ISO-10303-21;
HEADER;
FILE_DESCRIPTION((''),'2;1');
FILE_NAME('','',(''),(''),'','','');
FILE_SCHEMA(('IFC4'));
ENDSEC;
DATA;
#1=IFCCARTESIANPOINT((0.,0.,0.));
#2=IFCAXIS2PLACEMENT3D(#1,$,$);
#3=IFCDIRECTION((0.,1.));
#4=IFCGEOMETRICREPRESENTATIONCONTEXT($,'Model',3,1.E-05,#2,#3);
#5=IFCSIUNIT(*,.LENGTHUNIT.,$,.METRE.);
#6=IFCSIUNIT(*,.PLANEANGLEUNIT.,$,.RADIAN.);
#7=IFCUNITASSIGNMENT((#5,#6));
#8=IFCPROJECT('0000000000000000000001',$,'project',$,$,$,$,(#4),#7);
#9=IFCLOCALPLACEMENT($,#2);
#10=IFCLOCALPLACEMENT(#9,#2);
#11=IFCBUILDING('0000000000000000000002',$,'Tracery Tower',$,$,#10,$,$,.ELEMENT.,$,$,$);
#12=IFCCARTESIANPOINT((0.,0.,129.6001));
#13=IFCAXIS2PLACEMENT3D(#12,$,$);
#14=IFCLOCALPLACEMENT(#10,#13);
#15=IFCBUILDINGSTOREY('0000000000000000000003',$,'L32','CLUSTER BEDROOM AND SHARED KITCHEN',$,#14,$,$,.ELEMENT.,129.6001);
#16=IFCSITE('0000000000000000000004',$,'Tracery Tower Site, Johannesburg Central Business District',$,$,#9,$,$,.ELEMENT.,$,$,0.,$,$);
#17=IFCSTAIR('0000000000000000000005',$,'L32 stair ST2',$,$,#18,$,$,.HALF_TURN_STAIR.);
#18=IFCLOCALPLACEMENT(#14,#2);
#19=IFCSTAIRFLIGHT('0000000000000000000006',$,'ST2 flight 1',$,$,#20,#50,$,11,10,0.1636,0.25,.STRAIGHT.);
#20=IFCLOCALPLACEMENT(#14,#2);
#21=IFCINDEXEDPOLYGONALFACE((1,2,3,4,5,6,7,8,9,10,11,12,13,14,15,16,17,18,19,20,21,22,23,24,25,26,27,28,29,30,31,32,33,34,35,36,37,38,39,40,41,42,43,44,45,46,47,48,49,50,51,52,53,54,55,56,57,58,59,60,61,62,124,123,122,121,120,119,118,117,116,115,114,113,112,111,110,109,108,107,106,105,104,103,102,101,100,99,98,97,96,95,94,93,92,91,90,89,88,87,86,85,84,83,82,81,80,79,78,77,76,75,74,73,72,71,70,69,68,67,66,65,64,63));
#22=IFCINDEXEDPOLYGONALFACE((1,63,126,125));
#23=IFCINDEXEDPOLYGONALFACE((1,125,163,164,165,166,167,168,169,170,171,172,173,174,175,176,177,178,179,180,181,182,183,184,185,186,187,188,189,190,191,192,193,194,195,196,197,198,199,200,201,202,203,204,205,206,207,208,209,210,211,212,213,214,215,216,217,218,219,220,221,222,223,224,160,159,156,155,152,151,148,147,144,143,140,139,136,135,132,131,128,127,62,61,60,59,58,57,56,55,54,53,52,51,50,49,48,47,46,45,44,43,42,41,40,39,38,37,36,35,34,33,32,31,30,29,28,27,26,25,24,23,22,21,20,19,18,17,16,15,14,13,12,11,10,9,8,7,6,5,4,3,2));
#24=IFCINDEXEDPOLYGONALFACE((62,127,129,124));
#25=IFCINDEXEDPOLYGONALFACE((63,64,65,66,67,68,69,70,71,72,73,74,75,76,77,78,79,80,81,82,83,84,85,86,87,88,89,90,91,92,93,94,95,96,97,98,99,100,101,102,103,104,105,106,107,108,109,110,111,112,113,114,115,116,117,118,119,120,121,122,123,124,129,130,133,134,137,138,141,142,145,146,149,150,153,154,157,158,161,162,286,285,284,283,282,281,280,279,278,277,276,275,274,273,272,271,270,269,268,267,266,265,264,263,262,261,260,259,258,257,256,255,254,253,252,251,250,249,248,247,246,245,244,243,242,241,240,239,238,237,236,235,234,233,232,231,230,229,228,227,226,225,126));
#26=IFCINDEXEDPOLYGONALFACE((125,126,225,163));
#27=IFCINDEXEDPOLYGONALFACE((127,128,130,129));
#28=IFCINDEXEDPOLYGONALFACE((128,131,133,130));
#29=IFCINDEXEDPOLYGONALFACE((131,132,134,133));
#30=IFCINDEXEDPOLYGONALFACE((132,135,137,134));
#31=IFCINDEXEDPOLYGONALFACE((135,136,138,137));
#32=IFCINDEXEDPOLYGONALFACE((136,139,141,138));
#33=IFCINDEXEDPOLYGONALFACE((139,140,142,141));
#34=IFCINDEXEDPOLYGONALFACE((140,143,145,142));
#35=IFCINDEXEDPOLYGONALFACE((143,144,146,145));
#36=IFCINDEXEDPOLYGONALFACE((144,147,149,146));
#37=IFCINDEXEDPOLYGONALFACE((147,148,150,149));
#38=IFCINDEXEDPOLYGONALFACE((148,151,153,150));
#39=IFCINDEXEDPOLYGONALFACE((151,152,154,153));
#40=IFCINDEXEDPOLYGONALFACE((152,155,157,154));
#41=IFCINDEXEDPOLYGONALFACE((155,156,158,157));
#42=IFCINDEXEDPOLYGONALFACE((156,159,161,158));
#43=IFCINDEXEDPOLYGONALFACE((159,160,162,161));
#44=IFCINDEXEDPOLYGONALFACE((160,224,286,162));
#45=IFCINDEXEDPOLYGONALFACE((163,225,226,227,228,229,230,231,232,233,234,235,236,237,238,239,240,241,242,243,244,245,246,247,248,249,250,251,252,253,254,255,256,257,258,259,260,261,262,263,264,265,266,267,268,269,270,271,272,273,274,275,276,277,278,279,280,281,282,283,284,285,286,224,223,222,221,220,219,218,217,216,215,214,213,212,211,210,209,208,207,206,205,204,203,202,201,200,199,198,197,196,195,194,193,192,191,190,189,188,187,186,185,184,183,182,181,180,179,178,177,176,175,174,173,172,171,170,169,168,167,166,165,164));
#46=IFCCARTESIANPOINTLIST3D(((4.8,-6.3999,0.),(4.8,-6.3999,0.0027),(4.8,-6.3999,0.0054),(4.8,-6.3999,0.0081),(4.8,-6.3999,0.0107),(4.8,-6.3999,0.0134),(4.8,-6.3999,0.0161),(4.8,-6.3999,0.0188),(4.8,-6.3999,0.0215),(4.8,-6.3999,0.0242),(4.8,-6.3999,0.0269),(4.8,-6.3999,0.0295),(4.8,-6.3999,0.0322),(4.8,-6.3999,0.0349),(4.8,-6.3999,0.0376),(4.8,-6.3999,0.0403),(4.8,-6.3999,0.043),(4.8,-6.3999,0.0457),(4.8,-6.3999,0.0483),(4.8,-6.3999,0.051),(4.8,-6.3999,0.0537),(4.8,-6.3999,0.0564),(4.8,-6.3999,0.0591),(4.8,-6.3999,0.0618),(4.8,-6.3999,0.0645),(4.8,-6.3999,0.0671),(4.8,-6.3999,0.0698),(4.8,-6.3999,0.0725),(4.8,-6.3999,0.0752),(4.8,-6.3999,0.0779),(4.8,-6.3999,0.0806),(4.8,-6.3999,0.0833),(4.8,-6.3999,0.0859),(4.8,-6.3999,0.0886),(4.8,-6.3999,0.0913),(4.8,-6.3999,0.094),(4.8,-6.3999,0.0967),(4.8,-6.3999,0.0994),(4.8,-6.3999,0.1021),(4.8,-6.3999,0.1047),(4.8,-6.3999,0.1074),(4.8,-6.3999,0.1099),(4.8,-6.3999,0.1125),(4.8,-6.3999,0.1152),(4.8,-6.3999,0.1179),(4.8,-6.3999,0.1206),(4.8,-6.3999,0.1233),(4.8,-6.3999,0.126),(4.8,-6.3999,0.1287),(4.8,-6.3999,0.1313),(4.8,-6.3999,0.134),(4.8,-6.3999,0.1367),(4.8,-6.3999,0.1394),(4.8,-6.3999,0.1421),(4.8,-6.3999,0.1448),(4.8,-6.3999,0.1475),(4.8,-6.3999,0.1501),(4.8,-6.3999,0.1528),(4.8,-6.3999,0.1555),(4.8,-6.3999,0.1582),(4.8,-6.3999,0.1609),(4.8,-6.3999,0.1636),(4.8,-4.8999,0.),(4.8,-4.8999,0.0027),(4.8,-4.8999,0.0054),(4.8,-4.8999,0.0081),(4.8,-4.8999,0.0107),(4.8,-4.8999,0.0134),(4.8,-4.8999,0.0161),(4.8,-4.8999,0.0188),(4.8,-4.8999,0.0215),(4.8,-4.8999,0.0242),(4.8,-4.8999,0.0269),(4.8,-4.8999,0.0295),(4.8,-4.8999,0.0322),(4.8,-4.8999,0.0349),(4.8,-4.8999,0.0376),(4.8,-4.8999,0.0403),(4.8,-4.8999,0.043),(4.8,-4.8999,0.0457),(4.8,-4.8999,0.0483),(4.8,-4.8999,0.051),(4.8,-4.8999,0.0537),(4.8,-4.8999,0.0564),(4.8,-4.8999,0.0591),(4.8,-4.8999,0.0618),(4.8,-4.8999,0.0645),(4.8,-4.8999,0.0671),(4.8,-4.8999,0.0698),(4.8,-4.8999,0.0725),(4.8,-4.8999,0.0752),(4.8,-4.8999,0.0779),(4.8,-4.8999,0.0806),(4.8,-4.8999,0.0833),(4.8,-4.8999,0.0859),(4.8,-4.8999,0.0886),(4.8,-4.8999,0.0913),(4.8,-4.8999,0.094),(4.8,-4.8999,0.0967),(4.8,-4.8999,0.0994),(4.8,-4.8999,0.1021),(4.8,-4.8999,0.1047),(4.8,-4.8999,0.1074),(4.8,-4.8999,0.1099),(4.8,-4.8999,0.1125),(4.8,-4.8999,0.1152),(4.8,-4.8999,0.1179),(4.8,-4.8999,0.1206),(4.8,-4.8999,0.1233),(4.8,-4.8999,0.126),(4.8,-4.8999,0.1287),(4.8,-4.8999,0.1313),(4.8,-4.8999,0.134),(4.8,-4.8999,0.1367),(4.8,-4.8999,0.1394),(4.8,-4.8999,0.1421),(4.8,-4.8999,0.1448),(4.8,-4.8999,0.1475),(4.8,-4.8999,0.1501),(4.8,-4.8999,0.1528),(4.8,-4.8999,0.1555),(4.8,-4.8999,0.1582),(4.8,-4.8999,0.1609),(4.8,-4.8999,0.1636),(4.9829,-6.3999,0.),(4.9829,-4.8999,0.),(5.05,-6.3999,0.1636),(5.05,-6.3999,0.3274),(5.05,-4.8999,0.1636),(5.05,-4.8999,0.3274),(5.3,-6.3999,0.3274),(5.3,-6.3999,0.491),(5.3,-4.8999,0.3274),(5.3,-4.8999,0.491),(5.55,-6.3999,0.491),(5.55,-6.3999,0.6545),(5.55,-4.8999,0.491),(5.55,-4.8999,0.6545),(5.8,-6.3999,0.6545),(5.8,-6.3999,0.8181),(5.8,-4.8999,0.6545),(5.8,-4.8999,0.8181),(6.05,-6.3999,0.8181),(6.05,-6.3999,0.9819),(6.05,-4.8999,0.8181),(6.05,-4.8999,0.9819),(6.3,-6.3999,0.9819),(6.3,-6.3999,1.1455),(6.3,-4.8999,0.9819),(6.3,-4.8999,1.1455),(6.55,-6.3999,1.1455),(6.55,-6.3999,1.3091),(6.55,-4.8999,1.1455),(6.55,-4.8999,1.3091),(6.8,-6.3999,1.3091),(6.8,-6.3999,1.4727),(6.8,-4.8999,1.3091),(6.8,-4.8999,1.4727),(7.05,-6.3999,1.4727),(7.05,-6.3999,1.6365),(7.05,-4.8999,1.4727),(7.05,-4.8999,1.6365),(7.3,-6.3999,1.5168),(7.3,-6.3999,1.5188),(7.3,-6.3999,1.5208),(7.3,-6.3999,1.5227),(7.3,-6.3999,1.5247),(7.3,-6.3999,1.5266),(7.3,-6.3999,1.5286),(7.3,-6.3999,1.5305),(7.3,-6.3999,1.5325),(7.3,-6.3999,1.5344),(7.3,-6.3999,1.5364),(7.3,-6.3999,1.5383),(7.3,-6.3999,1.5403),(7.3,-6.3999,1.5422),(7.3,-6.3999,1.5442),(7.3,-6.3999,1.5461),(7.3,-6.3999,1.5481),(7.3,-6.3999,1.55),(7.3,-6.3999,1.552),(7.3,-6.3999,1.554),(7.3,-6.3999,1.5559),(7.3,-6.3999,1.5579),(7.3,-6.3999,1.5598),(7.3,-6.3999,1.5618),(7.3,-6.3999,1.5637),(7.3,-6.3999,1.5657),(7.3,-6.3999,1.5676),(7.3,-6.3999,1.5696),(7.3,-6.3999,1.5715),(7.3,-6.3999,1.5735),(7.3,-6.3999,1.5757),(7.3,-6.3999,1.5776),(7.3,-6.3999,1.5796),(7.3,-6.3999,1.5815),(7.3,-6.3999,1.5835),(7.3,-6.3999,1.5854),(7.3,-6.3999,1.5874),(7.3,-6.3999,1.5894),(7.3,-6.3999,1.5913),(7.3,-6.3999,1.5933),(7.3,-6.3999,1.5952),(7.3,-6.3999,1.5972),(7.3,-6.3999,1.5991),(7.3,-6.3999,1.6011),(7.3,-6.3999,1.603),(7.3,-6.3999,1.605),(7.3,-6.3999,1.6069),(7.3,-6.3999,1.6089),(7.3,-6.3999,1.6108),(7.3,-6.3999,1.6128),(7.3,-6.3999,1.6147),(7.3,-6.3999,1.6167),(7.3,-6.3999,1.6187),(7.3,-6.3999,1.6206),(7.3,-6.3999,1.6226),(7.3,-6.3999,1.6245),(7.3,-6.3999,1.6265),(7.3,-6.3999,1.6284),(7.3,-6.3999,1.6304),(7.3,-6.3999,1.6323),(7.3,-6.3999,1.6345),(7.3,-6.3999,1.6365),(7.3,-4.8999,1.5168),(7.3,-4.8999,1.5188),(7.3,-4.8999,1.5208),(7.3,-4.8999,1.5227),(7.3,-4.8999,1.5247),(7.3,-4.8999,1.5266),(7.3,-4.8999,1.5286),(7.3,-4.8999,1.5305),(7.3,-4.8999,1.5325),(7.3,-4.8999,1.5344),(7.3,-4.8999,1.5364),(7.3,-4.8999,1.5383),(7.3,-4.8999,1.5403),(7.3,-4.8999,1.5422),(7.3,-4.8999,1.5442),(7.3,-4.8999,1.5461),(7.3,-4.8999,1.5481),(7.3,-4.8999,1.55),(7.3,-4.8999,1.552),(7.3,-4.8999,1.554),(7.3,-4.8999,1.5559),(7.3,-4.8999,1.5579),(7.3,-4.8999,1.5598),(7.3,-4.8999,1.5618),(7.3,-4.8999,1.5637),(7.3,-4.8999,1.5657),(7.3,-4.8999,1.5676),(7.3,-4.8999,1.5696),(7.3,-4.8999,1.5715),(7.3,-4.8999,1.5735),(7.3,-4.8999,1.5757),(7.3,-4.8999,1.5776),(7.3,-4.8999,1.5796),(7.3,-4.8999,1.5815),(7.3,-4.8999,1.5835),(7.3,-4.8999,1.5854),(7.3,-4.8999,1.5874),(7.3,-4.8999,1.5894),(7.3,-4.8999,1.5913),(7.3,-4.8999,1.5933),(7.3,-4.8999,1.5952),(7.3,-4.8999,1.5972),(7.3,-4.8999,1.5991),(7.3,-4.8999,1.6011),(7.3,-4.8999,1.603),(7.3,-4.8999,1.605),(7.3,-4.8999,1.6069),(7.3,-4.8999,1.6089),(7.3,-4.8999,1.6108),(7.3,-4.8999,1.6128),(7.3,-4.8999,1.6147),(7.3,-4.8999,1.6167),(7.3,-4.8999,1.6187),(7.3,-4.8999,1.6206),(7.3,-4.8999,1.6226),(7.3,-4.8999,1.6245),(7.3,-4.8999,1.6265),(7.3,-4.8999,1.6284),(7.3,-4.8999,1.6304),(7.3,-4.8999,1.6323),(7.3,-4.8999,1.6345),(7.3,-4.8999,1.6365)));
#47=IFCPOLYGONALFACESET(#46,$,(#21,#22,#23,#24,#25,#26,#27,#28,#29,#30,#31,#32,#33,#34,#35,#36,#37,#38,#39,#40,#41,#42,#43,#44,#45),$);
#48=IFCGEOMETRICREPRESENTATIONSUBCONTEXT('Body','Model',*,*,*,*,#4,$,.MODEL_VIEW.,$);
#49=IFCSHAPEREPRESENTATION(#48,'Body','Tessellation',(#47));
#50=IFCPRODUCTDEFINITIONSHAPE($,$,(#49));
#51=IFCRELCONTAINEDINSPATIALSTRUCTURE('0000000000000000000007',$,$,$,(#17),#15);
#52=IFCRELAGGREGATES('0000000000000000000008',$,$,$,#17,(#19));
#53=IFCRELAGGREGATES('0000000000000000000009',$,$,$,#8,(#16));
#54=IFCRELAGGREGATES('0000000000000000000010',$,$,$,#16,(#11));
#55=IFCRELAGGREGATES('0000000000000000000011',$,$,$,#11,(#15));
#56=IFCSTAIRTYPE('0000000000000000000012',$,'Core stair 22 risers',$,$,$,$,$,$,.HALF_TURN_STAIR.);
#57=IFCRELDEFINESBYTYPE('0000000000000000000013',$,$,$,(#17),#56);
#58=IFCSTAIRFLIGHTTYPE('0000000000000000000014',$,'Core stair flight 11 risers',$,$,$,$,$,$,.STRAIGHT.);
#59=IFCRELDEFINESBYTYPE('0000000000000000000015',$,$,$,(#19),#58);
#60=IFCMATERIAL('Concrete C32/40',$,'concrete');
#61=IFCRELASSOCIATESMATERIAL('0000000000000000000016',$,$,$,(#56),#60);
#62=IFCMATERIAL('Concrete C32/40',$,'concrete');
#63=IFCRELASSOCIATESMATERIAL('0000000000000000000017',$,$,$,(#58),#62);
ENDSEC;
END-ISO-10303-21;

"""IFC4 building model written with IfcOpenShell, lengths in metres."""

from ifc_helpers import new_model, si_unit, direction, frame, origin, place, context, subcontext, project, spatial, polyline, outline, extrude, material, type_object, element, aggregate, save


model = new_model("IFC4")

# Units and contexts
model_context = context("Model", 3, precision=1e-05, world=origin(), true_north=direction((0.0, 1.0)))
body_context = subcontext(model_context, "Body", "Model", "MODEL_VIEW")
ifc_project = project(units=[si_unit("LENGTHUNIT", "METRE"), si_unit("PLANEANGLEUNIT", "RADIAN")], contexts=[model_context])

# Site, building, storey
site_placement = place(None, origin())
site = spatial("IfcSite", under=ifc_project, at=site_placement, Name="Tracery Tower Site, Johannesburg Central Business District", CompositionType="ELEMENT", RefElevation=0.0)
building_placement = place(site_placement, origin())
building = spatial("IfcBuilding", under=site, at=building_placement, Name="Tracery Tower", CompositionType="ELEMENT")
storey_placement = place(building_placement, frame((0.0, 0.0, 129.6001)))
storey = spatial("IfcBuildingStorey", under=building, at=storey_placement, Name="L32", Description="CLUSTER BEDROOM AND SHARED KITCHEN", CompositionType="ELEMENT", Elevation=129.6001)

# Stair
ifc_material_1 = material(Name="Concrete C32/40", Category="concrete")
stair_type = type_object("IfcStairType", Name="Core stair 22 risers", PredefinedType="HALF_TURN_STAIR", material=ifc_material_1)
stair_1_placement = place(storey_placement, origin())
stair_1 = element("IfcStair", 1, at=stair_1_placement, inside=storey, type_object=stair_type, Name="L32 stair ST2", PredefinedType="HALF_TURN_STAIR")

# Stair flight
ifc_material_2 = material(Name="Concrete C32/40", Category="concrete")
stair_flight_type = type_object("IfcStairFlightType", Name="Core stair flight 11 risers", PredefinedType="STRAIGHT", material=ifc_material_2)
stair_flight_1_placement = place(storey_placement, frame((4.8, -5.6499, 0.0), z_axis=(0.0, 0.0, 1.0), x_axis=(1.0, 0.0, 0.0)))
stair_flight_1 = element("IfcStairFlight", 2, at=stair_flight_1_placement, type_object=stair_flight_type, Name="ST2 flight 1", NumberOfRisers=11, NumberOfTreads=10, PredefinedType="STRAIGHT", RiserHeight=0.1636, TreadLength=0.25, context=body_context, shape_type="SweptSolid", body=[
    extrude(outline(polyline([(0.0, 0.0), (0.0, 0.0027), (0.0, 0.0054), (0.0, 0.0081), (0.0, 0.0107), (0.0, 0.0134), (0.0, 0.0161), (0.0, 0.0188), (0.0, 0.0215), (0.0, 0.0242), (0.0, 0.0269), (0.0, 0.0295), (0.0, 0.0322), (0.0, 0.0349), (0.0, 0.0376), (0.0, 0.0403), (0.0, 0.043), (0.0, 0.0457), (0.0, 0.0483), (0.0, 0.051), (0.0, 0.0537), (0.0, 0.0564), (0.0, 0.0591), (0.0, 0.0618), (0.0, 0.0645), (0.0, 0.0671), (0.0, 0.0698), (0.0, 0.0725), (0.0, 0.0752), (0.0, 0.0779), (0.0, 0.0806), (0.0, 0.0833), (0.0, 0.0859), (0.0, 0.0886), (0.0, 0.0913), (0.0, 0.094), (0.0, 0.0967), (0.0, 0.0994), (0.0, 0.1021), (0.0, 0.1047), (0.0, 0.1074), (0.0, 0.1099), (0.0, 0.1125), (0.0, 0.1152), (0.0, 0.1179), (0.0, 0.1206), (0.0, 0.1233), (0.0, 0.126), (0.0, 0.1287), (0.0, 0.1313), (0.0, 0.134), (0.0, 0.1367), (0.0, 0.1394), (0.0, 0.1421), (0.0, 0.1448), (0.0, 0.1475), (0.0, 0.1501), (0.0, 0.1528), (0.0, 0.1555), (0.0, 0.1582), (0.0, 0.1609), (0.0, 0.1636), (0.25, 0.1636), (0.25, 0.3274), (0.5, 0.3274), (0.5, 0.491), (0.75, 0.491), (0.75, 0.6545), (1.0, 0.6545), (1.0, 0.8181), (1.25, 0.8181), (1.25, 0.9819), (1.5, 0.9819), (1.5, 1.1455), (1.75, 1.1455), (1.75, 1.3091), (2.0, 1.3091), (2.0, 1.4727), (2.25, 1.4727), (2.25, 1.6365), (2.5, 1.6365), (2.5, 1.6345), (2.5, 1.6323), (2.5, 1.6304), (2.5, 1.6284), (2.5, 1.6265), (2.5, 1.6245), (2.5, 1.6226), (2.5, 1.6206), (2.5, 1.6187), (2.5, 1.6167), (2.5, 1.6147), (2.5, 1.6128), (2.5, 1.6108), (2.5, 1.6089), (2.5, 1.6069), (2.5, 1.605), (2.5, 1.603), (2.5, 1.6011), (2.5, 1.5991), (2.5, 1.5972), (2.5, 1.5952), (2.5, 1.5933), (2.5, 1.5913), (2.5, 1.5894), (2.5, 1.5874), (2.5, 1.5854), (2.5, 1.5835), (2.5, 1.5815), (2.5, 1.5796), (2.5, 1.5776), (2.5, 1.5757), (2.5, 1.5735), (2.5, 1.5715), (2.5, 1.5696), (2.5, 1.5676), (2.5, 1.5657), (2.5, 1.5637), (2.5, 1.5618), (2.5, 1.5598), (2.5, 1.5579), (2.5, 1.5559), (2.5, 1.554), (2.5, 1.552), (2.5, 1.55), (2.5, 1.5481), (2.5, 1.5461), (2.5, 1.5442), (2.5, 1.5422), (2.5, 1.5403), (2.5, 1.5383), (2.5, 1.5364), (2.5, 1.5344), (2.5, 1.5325), (2.5, 1.5305), (2.5, 1.5286), (2.5, 1.5266), (2.5, 1.5247), (2.5, 1.5227), (2.5, 1.5208), (2.5, 1.5188), (2.5, 1.5168), (0.1829, 0.0), (0.0, 0.0)])), frame((0.0, 0.75, 0.0), z_axis=(0.0, -1.0, 0.0), x_axis=(1.0, 0.0, 0.0)), (0.0, 0.0, 1.0), 1.5),
])
aggregate(stair_1, [stair_flight_1])

save(model, "model.ifc")
